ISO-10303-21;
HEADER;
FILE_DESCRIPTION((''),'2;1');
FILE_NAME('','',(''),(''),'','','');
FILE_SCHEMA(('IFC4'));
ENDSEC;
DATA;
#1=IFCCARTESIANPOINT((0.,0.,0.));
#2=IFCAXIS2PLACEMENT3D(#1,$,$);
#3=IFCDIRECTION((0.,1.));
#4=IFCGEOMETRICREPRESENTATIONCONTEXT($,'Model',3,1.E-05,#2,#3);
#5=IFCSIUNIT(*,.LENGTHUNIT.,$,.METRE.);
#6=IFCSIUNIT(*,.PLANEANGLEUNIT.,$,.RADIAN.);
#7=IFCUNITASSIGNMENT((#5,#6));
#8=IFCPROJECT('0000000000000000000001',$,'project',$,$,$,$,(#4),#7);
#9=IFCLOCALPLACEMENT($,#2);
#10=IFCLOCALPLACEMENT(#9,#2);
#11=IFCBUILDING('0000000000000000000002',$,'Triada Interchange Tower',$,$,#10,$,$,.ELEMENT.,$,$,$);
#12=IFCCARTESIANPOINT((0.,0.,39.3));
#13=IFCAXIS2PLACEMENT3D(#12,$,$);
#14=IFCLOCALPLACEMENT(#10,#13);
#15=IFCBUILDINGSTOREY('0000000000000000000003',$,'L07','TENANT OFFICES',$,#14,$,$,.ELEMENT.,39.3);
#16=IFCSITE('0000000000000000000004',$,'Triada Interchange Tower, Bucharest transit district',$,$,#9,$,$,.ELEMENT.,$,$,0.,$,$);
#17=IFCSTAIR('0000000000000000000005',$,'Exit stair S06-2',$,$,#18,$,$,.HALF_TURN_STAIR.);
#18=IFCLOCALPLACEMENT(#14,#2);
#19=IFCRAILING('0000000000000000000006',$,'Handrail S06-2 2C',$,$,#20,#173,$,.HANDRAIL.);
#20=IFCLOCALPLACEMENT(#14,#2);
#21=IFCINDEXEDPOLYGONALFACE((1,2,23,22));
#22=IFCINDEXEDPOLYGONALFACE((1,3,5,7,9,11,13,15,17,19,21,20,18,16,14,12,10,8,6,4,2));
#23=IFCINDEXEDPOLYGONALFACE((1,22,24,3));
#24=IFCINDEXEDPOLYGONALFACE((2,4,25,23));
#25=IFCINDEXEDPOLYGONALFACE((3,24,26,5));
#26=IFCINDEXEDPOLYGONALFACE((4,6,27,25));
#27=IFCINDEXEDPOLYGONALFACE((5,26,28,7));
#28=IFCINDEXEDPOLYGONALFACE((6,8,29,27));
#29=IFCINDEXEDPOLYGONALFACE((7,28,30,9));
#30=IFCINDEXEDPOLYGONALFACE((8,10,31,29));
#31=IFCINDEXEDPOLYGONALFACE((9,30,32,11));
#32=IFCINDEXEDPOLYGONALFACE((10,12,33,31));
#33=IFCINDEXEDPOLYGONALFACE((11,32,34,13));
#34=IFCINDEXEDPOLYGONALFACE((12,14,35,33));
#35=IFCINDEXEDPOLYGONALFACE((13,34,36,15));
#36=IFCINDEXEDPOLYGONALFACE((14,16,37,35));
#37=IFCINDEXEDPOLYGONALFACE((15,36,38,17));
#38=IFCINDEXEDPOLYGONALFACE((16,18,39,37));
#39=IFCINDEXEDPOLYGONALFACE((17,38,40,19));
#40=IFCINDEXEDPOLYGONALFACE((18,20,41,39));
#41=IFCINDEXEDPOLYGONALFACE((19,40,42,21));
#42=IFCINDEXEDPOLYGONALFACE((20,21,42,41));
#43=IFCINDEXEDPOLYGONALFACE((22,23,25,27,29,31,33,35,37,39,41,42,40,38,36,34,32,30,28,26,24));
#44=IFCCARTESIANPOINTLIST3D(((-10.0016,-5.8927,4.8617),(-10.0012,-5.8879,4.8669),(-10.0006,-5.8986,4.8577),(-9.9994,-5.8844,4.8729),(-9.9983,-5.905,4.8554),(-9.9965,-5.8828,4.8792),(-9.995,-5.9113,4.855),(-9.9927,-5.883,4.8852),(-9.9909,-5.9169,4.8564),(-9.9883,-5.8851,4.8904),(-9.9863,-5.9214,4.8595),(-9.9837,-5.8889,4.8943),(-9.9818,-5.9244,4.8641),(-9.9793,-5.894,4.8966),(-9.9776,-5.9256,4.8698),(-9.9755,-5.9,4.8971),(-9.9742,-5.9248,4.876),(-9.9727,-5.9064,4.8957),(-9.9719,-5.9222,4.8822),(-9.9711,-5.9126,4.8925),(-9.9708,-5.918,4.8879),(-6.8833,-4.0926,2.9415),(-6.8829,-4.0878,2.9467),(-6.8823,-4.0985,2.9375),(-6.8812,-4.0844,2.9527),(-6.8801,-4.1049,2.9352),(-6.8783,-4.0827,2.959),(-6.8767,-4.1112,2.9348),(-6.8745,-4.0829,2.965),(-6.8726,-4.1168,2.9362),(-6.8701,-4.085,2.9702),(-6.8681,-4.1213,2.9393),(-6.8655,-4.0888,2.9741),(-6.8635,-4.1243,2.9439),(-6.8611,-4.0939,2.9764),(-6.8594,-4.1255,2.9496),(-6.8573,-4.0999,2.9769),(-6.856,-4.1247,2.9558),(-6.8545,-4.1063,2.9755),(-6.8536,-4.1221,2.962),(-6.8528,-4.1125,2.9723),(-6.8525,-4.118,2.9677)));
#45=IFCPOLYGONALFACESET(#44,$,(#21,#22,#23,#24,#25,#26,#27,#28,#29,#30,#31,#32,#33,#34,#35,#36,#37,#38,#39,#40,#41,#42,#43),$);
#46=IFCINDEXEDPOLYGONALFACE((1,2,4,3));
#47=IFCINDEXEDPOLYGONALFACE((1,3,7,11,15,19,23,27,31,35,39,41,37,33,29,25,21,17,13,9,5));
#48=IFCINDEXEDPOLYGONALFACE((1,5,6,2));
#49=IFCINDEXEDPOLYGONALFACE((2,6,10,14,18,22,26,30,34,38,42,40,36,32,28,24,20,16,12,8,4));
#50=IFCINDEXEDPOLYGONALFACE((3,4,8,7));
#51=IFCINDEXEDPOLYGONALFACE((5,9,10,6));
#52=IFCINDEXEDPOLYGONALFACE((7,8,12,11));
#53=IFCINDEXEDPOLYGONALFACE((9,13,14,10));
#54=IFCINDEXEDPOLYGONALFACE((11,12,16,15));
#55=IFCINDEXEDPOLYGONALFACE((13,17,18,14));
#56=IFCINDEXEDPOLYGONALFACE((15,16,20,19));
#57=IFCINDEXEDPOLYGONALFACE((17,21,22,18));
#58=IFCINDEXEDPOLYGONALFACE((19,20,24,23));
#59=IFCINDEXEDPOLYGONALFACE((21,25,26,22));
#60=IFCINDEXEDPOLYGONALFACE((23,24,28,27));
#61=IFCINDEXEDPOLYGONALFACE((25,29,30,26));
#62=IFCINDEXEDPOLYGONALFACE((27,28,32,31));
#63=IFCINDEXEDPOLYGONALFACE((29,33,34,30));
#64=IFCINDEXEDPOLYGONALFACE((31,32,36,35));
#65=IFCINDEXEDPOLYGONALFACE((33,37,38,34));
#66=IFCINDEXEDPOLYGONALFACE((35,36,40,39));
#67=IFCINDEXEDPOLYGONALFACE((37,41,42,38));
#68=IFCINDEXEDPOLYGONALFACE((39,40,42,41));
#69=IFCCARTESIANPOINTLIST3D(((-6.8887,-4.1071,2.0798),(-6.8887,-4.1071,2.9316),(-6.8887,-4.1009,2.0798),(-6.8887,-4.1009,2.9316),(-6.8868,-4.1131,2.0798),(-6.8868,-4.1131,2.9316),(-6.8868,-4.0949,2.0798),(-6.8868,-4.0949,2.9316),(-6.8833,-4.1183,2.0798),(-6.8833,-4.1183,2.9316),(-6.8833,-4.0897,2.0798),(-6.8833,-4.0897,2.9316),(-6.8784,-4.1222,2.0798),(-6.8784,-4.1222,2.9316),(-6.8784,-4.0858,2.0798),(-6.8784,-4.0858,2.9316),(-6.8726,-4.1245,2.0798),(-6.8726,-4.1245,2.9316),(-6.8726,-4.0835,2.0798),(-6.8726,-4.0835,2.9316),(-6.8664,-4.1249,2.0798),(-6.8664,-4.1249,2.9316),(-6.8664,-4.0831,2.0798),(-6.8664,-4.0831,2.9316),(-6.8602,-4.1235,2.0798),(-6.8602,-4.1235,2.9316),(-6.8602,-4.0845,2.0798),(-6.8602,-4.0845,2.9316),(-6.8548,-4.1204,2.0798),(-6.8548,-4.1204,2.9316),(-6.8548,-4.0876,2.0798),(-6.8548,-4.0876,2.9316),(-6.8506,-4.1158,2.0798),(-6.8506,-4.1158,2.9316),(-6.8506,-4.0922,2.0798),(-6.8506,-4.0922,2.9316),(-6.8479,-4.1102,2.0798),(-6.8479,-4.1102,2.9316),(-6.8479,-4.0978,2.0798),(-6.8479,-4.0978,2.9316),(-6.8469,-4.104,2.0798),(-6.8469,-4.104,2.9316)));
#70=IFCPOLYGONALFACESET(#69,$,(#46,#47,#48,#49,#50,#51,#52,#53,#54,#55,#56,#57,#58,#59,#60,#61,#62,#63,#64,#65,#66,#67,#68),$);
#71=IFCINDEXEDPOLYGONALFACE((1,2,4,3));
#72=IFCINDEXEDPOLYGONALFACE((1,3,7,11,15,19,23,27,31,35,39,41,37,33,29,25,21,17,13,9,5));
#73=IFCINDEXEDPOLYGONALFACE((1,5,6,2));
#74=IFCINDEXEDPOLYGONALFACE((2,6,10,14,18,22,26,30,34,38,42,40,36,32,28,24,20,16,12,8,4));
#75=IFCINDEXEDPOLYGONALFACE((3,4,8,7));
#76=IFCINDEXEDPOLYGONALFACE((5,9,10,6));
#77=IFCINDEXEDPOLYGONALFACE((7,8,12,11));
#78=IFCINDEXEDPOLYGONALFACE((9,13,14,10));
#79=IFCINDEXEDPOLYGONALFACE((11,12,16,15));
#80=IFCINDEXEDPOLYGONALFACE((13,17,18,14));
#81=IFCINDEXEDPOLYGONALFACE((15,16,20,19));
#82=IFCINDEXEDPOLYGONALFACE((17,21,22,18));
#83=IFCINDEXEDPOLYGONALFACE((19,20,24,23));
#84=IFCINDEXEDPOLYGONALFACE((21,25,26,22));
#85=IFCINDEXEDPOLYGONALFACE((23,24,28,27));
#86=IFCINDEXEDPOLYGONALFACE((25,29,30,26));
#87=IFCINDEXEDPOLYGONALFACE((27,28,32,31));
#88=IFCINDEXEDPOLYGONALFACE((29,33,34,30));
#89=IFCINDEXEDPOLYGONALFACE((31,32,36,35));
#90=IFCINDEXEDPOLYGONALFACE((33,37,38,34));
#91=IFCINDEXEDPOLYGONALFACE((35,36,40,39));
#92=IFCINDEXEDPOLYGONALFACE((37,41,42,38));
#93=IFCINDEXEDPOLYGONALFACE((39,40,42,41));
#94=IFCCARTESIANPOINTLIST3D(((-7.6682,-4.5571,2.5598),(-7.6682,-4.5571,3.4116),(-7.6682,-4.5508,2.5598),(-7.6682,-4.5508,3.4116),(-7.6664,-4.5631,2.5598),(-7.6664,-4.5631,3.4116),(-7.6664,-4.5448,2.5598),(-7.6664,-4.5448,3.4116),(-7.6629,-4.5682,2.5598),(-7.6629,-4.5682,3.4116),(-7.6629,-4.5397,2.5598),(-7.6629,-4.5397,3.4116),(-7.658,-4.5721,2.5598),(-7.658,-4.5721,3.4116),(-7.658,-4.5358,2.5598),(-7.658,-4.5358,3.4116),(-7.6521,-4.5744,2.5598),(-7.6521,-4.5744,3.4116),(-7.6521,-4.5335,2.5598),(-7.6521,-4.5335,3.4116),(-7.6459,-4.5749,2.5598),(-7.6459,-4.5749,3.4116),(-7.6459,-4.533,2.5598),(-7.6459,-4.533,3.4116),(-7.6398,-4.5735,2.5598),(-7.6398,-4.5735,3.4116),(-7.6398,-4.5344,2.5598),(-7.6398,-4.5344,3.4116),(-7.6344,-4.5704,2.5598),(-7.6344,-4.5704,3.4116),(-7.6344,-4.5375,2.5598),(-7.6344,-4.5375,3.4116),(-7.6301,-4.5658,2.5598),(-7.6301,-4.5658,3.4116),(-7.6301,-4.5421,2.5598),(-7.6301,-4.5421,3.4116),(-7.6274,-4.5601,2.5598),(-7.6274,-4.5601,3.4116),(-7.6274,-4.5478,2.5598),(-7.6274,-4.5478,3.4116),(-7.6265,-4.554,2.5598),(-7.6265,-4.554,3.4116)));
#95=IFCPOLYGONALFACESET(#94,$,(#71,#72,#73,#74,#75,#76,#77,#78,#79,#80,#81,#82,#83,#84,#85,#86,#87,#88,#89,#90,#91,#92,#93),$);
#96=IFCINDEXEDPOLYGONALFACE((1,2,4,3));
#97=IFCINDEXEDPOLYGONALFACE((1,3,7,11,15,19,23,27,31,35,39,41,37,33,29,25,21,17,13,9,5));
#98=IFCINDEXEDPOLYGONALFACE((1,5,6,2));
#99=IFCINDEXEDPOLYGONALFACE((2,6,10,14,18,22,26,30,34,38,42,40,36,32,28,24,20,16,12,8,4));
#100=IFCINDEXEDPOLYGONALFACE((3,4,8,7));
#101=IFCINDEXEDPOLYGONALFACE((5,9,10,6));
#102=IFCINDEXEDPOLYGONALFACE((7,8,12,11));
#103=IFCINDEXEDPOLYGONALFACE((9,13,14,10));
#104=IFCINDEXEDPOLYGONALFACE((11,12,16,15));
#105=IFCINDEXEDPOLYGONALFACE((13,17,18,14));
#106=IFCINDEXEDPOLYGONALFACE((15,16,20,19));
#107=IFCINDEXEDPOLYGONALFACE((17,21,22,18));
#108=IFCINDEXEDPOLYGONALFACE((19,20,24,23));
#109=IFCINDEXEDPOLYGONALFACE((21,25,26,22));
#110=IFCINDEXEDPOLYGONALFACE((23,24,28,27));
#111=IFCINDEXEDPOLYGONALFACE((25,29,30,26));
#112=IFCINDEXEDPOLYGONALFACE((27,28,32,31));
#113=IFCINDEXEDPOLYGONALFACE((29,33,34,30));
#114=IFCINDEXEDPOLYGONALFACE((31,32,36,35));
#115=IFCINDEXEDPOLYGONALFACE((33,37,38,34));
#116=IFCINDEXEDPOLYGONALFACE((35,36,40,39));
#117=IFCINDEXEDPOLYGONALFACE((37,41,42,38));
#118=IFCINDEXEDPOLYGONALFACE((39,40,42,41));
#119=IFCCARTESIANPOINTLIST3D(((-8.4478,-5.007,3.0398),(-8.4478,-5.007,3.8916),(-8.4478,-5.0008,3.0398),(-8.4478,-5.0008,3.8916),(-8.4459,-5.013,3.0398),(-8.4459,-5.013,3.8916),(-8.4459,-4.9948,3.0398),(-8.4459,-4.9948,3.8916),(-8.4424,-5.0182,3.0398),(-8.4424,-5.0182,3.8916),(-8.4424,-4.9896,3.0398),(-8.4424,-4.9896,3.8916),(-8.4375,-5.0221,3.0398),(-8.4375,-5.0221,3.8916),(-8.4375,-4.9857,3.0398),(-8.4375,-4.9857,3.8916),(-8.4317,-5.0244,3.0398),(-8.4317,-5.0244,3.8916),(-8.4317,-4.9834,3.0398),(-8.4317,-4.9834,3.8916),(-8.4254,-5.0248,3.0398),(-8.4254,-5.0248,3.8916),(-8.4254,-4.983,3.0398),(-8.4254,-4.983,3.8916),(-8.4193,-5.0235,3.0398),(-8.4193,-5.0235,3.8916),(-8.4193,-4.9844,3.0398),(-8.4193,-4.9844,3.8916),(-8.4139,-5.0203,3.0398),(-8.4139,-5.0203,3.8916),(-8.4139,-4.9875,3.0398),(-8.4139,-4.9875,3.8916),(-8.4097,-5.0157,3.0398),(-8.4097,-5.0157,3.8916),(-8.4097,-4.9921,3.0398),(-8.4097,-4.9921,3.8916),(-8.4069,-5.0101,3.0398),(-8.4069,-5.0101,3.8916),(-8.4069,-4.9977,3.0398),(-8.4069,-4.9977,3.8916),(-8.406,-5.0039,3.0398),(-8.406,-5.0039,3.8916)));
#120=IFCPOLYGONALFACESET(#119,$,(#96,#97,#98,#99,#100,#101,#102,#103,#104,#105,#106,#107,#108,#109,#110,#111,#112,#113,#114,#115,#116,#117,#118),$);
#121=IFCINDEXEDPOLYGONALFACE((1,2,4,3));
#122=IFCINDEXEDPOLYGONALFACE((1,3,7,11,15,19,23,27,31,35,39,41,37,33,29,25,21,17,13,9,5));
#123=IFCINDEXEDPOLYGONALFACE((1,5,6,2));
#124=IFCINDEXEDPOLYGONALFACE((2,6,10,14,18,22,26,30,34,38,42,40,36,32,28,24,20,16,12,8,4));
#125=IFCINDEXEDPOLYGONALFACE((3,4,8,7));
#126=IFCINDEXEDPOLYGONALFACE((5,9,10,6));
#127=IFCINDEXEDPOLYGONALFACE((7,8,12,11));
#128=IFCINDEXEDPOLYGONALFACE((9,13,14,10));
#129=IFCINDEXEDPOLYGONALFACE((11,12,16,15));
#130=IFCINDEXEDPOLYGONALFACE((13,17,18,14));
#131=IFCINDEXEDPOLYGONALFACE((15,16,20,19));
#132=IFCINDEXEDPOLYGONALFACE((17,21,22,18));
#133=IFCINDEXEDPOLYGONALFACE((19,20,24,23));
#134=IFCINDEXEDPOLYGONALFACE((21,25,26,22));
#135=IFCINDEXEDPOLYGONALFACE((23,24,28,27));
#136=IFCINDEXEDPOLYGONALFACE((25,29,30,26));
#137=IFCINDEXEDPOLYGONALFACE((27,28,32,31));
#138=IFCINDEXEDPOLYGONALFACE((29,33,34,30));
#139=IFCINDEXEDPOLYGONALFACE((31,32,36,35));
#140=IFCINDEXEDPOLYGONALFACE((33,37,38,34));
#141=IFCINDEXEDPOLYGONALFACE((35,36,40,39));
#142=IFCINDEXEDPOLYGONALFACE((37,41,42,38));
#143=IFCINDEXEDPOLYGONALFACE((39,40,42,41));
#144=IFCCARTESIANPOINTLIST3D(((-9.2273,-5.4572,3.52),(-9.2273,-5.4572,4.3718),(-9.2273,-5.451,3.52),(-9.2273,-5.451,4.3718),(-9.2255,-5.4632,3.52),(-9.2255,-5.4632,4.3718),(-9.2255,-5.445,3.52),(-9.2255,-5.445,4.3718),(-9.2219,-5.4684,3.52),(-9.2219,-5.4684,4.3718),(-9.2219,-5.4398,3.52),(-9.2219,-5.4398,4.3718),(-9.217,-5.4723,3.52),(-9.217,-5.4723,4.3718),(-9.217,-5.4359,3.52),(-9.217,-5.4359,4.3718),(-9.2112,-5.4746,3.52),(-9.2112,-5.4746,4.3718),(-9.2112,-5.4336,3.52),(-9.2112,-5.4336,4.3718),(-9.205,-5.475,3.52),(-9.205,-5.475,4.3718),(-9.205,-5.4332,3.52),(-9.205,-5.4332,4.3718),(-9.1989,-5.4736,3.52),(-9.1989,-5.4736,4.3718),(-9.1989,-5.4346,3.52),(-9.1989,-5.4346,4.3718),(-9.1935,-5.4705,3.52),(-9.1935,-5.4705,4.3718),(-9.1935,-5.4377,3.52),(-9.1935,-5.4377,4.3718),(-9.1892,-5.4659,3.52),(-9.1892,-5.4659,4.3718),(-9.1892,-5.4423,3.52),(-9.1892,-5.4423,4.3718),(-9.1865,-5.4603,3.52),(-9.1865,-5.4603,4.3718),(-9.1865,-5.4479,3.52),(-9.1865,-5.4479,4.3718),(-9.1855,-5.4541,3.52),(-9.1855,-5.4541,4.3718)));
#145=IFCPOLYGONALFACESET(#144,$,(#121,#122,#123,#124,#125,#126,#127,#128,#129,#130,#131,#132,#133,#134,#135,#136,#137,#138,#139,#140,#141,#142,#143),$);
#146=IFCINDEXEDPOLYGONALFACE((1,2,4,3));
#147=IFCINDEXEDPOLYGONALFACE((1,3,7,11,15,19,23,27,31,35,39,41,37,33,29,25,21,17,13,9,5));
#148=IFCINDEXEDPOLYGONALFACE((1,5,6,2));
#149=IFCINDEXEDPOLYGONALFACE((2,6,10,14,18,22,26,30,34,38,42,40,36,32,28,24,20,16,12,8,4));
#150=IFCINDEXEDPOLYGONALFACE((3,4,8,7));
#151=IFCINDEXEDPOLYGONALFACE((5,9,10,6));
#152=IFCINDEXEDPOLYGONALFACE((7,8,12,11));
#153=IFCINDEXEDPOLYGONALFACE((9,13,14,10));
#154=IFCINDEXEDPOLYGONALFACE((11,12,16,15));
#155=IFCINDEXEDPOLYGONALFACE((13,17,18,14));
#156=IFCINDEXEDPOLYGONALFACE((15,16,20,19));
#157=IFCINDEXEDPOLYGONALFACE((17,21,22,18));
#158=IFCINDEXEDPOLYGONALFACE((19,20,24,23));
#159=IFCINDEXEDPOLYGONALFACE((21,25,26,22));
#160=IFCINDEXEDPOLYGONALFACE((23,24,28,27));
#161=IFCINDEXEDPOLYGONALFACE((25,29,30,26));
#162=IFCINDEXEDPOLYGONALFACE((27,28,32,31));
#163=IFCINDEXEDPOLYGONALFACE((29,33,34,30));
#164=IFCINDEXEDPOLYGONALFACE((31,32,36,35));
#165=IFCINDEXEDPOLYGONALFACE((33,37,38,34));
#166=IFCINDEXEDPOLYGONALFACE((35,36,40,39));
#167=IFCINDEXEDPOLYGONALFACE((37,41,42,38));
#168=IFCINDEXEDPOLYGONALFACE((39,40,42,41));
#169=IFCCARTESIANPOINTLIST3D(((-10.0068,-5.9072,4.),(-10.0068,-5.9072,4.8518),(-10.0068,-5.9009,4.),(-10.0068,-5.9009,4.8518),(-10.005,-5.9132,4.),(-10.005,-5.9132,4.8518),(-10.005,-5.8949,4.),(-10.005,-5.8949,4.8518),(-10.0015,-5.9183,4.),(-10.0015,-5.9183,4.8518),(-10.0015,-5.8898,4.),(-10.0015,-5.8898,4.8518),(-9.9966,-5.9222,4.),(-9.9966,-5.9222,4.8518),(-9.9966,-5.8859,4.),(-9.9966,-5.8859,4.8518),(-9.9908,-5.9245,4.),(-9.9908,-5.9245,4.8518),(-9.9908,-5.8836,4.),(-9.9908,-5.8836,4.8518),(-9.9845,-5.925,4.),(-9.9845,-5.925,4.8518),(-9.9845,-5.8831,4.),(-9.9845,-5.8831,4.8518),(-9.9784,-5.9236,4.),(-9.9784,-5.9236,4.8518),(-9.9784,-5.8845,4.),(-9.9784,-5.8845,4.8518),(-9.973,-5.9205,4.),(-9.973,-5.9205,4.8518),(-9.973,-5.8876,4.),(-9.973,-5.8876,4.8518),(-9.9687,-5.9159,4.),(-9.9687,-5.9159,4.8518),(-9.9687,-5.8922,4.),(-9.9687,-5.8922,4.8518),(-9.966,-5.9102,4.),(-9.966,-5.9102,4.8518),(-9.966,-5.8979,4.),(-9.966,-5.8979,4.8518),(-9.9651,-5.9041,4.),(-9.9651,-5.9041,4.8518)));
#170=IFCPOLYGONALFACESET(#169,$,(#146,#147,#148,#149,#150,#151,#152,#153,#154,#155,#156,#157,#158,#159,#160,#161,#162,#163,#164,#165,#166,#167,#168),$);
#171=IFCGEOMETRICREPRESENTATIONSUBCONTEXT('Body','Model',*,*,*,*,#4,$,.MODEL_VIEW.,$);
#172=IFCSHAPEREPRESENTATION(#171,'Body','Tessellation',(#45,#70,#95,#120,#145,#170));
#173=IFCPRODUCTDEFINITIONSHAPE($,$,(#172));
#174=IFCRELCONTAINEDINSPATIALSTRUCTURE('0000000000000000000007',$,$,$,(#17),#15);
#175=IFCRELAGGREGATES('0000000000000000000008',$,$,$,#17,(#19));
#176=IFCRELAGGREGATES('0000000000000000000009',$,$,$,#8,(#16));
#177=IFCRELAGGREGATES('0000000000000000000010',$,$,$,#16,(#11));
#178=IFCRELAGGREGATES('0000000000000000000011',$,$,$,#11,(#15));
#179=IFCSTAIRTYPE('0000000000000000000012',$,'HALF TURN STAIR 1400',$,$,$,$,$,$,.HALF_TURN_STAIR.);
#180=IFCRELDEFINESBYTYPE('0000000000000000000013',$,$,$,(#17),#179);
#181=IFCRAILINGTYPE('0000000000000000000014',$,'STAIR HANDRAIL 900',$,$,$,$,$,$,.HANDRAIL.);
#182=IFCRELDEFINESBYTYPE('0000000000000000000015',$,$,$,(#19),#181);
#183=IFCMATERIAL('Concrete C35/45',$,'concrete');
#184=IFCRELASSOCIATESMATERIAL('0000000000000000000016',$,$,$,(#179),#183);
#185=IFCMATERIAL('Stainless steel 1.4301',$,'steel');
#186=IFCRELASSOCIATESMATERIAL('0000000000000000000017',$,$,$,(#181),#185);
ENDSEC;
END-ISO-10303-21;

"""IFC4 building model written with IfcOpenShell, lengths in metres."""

from ifc_helpers import new_model, si_unit, direction, frame, origin, origin_2d, place, context, subcontext, project, spatial, circle, extrude, material, type_object, element, aggregate, save


model = new_model("IFC4")

# Units and contexts
model_context = context("Model", 3, precision=1e-05, world=origin(), true_north=direction((0.0, 1.0)))
body_context = subcontext(model_context, "Body", "Model", "MODEL_VIEW")
ifc_project = project(units=[si_unit("LENGTHUNIT", "METRE"), si_unit("PLANEANGLEUNIT", "RADIAN")], contexts=[model_context])

# Site, building, storey
site_placement = place(None, origin())
site = spatial("IfcSite", under=ifc_project, at=site_placement, Name="Triada Interchange Tower, Bucharest transit district", CompositionType="ELEMENT", RefElevation=0.0)
building_placement = place(site_placement, origin())
building = spatial("IfcBuilding", under=site, at=building_placement, Name="Triada Interchange Tower", CompositionType="ELEMENT")
storey_placement = place(building_placement, frame((0.0, 0.0, 39.3)))
storey = spatial("IfcBuildingStorey", under=building, at=storey_placement, Name="L07", Description="TENANT OFFICES", CompositionType="ELEMENT", Elevation=39.3)

# Stair, railing
ifc_material_1 = material(Name="Concrete C35/45", Category="concrete")
stair_type = type_object("IfcStairType", Name="HALF TURN STAIR 1400", PredefinedType="HALF_TURN_STAIR", material=ifc_material_1)
stair_placement = place(storey_placement, origin())
stair = element("IfcStair", 1, at=stair_placement, inside=storey, type_object=stair_type, Name="Exit stair S06-2", PredefinedType="HALF_TURN_STAIR")
ifc_material_2 = material(Name="Stainless steel 1.4301", Category="steel")
railing_type = type_object("IfcRailingType", Name="STAIR HANDRAIL 900", PredefinedType="HANDRAIL", material=ifc_material_2)
railing_1_placement = place(storey_placement, frame((-6.8679, -4.104, 2.0798)))
railing_1 = element("IfcRailing", 2, at=railing_1_placement, type_object=railing_type, Name="Handrail S06-2 2C", PredefinedType="HANDRAIL", context=body_context, shape_type="SweptSolid", body=[
    extrude(circle(Radius=0.0239, at=origin_2d()), frame((0.0, 0.0, 0.876), z_axis=(-0.76417, -0.441139, 0.470576), x_axis=(0.499953, -0.866052, 0.0)), (0.0, 0.0, 1.0), 4.0806),
    extrude(circle(Radius=0.021, at=origin_2d()), origin(), (0.0, 0.0, 1.0), 0.8518),
    extrude(circle(Radius=0.021, at=origin_2d()), frame((-0.7795, -0.45, 0.48)), (0.0, 0.0, 1.0), 0.8518),
    extrude(circle(Radius=0.021, at=origin_2d()), frame((-1.5591, -0.8999, 0.96)), (0.0, 0.0, 1.0), 0.8518),
    extrude(circle(Radius=0.021, at=origin_2d()), frame((-2.3386, -1.3501, 1.4402)), (0.0, 0.0, 1.0), 0.8518),
    extrude(circle(Radius=0.021, at=origin_2d()), frame((-3.1182, -1.8, 1.9202)), (0.0, 0.0, 1.0), 0.8518),
])
aggregate(stair, [railing_1])

save(model, "model.ifc")
